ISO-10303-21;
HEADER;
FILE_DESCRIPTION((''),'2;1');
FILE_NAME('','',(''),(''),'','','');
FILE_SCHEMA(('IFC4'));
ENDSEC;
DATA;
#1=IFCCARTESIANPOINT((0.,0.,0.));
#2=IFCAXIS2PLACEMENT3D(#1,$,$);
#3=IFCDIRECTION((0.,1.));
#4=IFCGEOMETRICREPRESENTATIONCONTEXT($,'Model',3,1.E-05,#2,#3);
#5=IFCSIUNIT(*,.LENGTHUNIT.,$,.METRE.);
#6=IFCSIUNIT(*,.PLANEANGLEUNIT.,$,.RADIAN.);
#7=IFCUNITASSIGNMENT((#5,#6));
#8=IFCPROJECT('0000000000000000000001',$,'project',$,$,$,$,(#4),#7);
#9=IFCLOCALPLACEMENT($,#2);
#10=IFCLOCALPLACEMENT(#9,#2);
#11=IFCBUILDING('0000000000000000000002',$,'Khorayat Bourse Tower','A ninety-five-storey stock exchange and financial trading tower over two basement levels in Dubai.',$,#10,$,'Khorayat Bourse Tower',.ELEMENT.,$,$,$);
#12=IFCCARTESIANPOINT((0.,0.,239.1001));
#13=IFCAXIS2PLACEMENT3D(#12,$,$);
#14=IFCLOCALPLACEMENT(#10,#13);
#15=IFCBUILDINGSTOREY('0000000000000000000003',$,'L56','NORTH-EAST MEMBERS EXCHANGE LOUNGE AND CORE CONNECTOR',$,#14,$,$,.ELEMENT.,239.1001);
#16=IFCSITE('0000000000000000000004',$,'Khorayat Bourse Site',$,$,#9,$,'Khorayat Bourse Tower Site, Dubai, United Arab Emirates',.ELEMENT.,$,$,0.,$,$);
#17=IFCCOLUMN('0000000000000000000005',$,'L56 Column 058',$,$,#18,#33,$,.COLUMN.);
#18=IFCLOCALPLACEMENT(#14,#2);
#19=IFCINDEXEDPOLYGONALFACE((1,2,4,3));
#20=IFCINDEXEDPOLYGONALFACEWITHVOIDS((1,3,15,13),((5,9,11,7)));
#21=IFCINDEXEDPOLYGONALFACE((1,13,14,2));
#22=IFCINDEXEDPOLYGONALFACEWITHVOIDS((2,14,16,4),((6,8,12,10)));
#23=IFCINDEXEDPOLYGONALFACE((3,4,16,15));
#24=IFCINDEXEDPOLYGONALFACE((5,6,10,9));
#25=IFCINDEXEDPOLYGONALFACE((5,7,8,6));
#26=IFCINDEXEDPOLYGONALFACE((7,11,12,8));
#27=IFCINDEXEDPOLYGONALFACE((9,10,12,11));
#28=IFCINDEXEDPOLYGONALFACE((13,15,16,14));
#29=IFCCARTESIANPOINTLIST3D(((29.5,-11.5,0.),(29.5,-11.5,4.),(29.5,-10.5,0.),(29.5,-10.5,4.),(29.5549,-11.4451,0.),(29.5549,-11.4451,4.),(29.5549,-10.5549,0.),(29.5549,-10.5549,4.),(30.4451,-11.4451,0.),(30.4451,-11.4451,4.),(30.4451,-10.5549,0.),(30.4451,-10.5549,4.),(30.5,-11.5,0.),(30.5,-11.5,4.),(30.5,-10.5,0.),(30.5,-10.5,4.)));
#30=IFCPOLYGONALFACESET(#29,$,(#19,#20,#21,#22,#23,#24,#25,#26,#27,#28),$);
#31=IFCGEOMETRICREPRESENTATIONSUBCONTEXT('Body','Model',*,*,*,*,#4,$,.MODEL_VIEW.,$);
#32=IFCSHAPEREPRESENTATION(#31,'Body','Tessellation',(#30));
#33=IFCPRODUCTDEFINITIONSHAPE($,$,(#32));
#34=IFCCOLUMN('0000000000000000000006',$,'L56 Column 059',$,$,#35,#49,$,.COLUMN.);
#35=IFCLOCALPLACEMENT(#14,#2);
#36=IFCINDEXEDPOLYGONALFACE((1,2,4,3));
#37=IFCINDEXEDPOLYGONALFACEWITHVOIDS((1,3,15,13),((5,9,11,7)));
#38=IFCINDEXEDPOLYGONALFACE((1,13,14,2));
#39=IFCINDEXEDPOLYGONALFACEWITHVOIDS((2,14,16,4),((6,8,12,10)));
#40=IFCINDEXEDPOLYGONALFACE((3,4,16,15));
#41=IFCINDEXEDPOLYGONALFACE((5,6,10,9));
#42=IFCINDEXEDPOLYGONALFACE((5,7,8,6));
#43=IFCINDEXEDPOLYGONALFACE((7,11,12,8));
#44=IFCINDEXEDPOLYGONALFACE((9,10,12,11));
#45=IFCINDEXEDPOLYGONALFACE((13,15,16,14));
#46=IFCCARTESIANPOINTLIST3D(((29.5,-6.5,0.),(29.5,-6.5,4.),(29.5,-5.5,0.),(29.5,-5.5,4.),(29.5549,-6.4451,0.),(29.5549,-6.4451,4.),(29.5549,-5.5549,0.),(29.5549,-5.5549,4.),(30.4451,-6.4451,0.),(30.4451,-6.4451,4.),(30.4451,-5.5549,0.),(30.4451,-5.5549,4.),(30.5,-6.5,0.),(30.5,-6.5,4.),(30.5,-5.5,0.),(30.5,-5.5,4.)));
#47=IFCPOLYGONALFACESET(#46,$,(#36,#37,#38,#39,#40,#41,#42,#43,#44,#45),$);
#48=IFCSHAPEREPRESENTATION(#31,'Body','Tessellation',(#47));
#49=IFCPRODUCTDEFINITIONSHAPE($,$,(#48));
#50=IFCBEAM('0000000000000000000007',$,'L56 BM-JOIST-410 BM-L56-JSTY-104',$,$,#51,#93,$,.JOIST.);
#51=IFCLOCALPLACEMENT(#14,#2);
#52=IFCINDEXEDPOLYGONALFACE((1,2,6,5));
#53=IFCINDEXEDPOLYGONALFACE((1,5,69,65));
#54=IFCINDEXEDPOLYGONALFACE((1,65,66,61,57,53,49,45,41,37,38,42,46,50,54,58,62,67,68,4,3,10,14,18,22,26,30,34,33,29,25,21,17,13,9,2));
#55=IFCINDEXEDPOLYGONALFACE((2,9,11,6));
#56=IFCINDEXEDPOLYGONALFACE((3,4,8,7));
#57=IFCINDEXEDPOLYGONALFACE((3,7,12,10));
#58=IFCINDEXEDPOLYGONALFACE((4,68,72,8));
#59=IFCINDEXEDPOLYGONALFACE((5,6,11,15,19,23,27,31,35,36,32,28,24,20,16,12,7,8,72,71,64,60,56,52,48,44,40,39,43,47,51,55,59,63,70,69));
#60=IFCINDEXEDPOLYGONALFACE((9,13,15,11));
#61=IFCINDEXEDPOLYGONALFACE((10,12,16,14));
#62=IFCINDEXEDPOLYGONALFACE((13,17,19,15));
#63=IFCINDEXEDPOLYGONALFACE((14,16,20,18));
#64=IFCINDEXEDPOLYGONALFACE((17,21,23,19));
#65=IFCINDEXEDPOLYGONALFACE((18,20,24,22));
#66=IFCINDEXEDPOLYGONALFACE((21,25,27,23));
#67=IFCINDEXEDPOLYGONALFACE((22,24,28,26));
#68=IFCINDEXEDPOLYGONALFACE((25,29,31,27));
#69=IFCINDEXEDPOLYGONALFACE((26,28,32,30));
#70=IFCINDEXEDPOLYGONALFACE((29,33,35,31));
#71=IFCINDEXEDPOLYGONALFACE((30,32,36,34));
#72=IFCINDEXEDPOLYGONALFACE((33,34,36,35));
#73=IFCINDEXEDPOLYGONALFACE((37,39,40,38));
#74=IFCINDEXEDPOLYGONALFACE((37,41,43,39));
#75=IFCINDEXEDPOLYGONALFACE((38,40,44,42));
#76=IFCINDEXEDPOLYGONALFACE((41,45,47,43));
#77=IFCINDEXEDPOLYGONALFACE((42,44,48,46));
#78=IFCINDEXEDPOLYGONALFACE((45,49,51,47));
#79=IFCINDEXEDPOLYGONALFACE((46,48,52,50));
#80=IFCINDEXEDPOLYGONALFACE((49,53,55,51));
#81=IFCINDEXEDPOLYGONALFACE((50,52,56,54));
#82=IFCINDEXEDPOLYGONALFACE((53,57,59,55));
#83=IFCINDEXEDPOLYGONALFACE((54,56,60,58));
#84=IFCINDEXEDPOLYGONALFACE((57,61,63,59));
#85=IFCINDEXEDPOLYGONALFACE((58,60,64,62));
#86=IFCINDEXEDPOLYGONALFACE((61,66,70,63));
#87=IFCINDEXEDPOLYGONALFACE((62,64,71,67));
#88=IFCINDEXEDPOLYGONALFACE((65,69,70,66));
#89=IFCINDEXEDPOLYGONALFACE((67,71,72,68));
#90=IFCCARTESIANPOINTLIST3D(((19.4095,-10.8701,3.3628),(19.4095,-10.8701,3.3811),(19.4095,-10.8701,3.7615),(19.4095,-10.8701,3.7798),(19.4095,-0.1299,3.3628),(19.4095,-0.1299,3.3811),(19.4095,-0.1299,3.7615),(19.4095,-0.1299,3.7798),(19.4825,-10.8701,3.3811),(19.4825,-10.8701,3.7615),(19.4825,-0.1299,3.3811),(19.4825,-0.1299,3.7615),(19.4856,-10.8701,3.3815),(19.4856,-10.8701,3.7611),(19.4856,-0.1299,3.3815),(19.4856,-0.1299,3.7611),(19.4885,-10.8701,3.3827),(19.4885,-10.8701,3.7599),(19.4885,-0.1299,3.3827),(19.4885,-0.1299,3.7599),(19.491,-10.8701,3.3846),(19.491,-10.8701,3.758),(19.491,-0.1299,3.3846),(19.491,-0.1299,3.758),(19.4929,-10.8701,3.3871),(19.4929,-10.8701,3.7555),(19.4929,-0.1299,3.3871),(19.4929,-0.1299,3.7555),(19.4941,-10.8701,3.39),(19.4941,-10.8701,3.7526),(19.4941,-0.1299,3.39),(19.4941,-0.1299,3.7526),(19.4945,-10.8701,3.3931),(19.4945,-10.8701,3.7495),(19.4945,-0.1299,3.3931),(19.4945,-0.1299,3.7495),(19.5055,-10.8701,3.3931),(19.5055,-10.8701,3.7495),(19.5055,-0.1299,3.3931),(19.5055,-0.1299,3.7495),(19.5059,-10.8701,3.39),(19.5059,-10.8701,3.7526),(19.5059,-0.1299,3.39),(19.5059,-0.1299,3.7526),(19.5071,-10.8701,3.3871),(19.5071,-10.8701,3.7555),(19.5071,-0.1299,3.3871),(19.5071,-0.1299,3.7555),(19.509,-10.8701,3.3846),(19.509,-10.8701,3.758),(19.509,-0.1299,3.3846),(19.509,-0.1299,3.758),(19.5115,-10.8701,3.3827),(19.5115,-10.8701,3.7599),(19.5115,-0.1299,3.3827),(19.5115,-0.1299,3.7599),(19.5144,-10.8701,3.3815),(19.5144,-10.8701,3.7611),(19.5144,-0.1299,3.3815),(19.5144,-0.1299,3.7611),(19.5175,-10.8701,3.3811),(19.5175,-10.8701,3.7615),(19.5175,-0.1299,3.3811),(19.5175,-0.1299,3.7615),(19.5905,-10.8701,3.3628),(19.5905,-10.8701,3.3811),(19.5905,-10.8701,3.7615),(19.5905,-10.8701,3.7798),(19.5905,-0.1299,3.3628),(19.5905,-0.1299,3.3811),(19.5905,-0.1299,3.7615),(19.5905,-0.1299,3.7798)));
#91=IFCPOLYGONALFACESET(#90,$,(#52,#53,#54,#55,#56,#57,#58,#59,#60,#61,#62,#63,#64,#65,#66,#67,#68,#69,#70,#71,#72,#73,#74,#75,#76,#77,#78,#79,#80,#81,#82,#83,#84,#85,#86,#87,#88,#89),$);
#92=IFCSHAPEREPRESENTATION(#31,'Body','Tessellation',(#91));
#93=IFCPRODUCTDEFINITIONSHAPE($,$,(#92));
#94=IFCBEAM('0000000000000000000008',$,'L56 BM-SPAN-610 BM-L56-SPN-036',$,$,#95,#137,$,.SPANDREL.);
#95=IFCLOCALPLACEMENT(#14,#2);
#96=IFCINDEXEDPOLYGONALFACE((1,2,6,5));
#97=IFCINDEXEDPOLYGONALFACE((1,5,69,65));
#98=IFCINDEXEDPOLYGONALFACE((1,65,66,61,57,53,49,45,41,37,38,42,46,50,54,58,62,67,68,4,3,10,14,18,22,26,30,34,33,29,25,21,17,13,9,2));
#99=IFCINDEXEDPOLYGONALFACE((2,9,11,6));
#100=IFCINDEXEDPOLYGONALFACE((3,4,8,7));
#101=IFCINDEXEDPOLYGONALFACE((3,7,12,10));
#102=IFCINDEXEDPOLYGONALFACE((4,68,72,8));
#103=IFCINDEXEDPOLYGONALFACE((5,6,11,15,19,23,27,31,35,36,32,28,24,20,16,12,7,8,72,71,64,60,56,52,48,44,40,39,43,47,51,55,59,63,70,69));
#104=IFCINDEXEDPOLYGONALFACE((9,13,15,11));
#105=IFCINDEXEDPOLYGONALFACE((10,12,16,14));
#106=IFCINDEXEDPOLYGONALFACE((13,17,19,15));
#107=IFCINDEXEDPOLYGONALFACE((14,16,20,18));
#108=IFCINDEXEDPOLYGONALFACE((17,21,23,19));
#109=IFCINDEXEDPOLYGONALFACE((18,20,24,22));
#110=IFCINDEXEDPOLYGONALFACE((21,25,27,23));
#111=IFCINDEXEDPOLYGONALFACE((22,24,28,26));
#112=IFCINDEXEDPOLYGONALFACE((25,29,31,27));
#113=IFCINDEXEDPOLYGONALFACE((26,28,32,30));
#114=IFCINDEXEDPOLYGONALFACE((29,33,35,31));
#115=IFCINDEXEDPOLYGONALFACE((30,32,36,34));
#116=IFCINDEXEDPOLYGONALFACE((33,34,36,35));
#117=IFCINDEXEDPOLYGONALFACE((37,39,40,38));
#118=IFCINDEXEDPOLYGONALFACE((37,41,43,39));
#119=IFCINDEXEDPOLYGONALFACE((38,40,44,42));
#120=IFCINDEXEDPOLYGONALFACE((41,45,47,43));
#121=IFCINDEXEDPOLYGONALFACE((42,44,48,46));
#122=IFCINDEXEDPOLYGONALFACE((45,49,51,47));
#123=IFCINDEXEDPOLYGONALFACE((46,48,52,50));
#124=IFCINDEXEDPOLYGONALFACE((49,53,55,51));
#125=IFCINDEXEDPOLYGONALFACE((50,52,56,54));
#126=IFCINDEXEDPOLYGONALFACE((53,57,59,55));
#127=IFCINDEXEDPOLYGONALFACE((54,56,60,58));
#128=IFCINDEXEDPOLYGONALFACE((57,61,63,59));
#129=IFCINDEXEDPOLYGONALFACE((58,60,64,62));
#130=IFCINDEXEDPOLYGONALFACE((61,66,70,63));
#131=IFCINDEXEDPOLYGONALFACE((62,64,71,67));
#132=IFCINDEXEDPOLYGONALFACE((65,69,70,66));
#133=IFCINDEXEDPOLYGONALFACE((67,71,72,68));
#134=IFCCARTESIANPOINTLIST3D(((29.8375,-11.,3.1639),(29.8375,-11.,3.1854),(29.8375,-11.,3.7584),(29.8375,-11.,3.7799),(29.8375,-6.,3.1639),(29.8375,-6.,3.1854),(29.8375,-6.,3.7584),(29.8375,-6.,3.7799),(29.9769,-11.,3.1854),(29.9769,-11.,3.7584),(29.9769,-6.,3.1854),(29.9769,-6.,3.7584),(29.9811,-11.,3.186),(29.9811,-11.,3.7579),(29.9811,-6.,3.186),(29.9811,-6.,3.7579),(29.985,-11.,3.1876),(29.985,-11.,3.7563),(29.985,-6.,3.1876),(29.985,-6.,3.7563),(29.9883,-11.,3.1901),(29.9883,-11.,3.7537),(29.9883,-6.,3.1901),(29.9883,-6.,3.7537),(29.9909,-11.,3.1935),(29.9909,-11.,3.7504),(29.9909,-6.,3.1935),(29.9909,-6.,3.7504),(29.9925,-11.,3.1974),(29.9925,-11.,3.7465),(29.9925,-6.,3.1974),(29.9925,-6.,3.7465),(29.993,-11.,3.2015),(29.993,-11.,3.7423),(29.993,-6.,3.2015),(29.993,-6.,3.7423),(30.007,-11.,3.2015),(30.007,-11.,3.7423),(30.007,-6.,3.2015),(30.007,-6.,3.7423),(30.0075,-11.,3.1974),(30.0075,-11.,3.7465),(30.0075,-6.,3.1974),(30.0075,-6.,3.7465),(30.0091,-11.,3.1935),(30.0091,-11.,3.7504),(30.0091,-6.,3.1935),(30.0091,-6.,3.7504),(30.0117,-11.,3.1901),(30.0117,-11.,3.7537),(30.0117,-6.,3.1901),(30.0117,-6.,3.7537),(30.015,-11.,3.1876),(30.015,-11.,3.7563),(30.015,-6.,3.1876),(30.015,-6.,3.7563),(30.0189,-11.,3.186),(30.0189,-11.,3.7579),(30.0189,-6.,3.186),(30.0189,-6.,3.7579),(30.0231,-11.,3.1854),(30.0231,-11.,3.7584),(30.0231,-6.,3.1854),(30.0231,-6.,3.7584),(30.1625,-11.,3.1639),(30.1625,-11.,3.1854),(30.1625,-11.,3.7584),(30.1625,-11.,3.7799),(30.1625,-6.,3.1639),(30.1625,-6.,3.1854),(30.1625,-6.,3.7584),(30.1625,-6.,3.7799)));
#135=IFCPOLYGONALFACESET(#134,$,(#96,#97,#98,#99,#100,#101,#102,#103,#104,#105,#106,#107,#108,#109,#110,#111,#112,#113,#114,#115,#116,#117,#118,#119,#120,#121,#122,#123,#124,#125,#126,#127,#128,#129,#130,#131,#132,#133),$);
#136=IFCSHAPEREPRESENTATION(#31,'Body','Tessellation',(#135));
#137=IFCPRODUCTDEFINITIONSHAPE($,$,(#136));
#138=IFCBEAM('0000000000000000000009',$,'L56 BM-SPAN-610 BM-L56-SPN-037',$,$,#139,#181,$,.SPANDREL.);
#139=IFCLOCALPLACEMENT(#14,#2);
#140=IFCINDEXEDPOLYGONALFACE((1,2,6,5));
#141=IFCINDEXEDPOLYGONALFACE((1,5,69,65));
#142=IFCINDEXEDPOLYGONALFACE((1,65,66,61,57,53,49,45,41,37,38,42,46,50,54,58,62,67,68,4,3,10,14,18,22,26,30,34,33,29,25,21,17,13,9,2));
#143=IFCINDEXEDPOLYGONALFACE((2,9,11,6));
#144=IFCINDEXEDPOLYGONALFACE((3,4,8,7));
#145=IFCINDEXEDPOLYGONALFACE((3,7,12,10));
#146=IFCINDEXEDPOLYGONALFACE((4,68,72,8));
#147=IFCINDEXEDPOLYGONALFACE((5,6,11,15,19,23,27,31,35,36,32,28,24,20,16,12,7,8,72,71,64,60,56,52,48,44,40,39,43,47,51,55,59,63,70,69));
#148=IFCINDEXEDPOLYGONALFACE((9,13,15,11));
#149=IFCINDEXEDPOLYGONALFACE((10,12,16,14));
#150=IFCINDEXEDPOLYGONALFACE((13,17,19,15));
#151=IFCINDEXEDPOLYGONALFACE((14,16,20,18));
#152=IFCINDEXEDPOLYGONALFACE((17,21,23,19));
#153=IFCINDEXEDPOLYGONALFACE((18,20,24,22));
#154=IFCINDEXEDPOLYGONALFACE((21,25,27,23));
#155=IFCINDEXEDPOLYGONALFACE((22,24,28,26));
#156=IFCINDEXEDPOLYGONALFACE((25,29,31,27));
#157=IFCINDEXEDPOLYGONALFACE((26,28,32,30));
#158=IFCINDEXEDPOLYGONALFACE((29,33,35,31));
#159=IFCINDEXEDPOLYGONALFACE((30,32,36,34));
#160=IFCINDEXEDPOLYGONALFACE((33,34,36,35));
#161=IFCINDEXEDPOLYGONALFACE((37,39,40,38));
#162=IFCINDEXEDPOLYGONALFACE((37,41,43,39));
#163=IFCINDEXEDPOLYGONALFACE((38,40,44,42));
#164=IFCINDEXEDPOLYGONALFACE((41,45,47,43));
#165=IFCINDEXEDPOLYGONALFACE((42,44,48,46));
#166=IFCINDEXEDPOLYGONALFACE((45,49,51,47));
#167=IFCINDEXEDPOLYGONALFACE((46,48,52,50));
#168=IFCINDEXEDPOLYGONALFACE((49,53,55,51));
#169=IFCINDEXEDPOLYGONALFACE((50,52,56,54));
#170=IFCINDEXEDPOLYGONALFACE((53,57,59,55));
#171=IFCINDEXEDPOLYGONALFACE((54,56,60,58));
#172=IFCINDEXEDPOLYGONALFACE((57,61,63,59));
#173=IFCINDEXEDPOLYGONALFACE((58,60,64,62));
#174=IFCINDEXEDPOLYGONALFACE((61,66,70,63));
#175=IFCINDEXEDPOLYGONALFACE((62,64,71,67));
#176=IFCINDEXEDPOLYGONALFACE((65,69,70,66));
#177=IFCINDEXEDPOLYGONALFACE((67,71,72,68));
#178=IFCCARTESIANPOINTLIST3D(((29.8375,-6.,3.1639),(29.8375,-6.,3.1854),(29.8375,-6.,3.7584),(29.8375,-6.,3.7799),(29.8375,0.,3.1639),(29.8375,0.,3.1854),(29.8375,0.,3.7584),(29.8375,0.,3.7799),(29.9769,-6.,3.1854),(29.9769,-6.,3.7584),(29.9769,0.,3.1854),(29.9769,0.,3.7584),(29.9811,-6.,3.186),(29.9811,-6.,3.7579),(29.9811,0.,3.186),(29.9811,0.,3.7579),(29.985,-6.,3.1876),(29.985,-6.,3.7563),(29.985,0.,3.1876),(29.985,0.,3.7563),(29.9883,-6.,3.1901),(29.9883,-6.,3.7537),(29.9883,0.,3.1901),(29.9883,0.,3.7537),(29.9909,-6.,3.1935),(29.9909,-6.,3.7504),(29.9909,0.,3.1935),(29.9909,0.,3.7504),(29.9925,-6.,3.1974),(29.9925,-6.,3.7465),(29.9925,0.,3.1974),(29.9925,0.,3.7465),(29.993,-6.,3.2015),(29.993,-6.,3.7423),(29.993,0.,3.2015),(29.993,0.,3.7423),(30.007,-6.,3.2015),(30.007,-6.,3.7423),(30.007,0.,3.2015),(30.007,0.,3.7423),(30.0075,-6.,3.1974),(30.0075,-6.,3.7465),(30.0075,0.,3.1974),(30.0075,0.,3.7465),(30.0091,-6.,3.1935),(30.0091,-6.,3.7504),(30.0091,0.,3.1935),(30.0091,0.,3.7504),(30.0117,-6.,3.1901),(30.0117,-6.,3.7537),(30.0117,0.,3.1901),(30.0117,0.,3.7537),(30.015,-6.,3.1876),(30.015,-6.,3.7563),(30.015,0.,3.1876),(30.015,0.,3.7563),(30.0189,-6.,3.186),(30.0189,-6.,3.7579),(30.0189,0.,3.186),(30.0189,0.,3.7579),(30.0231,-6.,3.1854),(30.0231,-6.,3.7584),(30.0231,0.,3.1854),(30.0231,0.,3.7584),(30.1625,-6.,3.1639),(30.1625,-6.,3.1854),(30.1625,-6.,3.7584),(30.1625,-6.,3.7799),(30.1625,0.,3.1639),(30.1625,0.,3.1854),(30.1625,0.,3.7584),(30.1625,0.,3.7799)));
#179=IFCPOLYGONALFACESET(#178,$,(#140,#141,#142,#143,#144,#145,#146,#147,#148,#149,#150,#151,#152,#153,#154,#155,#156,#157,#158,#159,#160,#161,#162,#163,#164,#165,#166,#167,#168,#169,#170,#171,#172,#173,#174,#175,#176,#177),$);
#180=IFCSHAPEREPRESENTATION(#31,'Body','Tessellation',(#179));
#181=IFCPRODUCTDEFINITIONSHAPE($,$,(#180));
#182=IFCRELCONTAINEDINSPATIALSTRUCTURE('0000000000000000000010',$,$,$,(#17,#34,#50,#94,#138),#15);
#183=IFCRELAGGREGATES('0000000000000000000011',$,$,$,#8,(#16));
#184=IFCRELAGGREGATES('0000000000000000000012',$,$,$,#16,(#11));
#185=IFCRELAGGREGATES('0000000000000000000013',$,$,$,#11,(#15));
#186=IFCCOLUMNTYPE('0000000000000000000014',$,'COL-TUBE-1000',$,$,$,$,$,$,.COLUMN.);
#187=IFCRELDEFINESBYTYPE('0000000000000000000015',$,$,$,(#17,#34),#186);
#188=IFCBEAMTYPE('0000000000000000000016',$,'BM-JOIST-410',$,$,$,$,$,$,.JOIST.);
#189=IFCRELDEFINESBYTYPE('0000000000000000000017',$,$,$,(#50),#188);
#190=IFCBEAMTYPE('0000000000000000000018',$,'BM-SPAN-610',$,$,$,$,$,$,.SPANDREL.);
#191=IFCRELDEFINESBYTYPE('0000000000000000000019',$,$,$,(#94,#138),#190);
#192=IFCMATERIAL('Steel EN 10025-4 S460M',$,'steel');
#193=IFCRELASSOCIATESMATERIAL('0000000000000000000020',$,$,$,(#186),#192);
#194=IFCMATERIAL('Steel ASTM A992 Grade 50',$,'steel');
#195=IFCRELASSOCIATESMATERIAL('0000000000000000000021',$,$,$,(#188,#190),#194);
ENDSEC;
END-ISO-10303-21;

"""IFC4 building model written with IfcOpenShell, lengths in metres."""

from ifc_helpers import new_model, si_unit, direction, frame, origin, origin_2d, place, context, subcontext, project, spatial, hollow_rectangle, i_section, extrude, source, transform, mapped, material, material_profile, profile_set, type_object, element, save


model = new_model("IFC4")

# Units and contexts
model_context = context("Model", 3, precision=1e-05, world=origin(), true_north=direction((0.0, 1.0)))
body_context = subcontext(model_context, "Body", "Model", "MODEL_VIEW")
ifc_project = project(units=[si_unit("LENGTHUNIT", "METRE"), si_unit("PLANEANGLEUNIT", "RADIAN")], contexts=[model_context])

# Site, building, storey
site_placement = place(None, origin())
site = spatial("IfcSite", under=ifc_project, at=site_placement, Name="Khorayat Bourse Site", LongName="Khorayat Bourse Tower Site, Dubai, United Arab Emirates", CompositionType="ELEMENT", RefElevation=0.0)
building_placement = place(site_placement, origin())
building = spatial("IfcBuilding", under=site, at=building_placement, Name="Khorayat Bourse Tower", Description="A ninety-five-storey stock exchange and financial trading tower over two basement levels in Dubai.", LongName="Khorayat Bourse Tower", CompositionType="ELEMENT")
storey_placement = place(building_placement, frame((0.0, 0.0, 239.1001)))
storey = spatial("IfcBuildingStorey", under=building, at=storey_placement, Name="L56", Description="NORTH-EAST MEMBERS EXCHANGE LOUNGE AND CORE CONNECTOR", CompositionType="ELEMENT", Elevation=239.1001)

# Columns
ifc_material_1 = material(Name="Steel EN 10025-4 S460M", Category="steel")
ifc_material_profile_1 = material_profile(ifc_material_1, hollow_rectangle(XDim=1.0, YDim=1.0, WallThickness=0.0549, at=origin_2d()), Name="BOX 1000x1000x55")
ifc_profile_set_1 = profile_set([ifc_material_profile_1], Name="Steel EN 10025-4 S460M")
column_type = type_object("IfcColumnType", Name="COL-TUBE-1000", PredefinedType="COLUMN", material=ifc_profile_set_1)
shared_shape_1 = source(origin(), body_context, "Body", "SweptSolid", [
    extrude(hollow_rectangle(XDim=1.0, YDim=1.0, WallThickness=0.0549, at=origin_2d()), origin(), (0.0, 0.0, 1.0), 4.0),
])
for number, where, z_axis, x_axis, name in (
    (1, (30.0, -11.0, 0.0), (0.0, 0.0, 1.0), (1.0, 0.0, 0.0), "L56 Column 058"),
    (2, (30.0, -6.0, 0.0), (0.0, 0.0, 1.0), (1.0, 0.0, 0.0), "L56 Column 059"),
):
    element("IfcColumn", number, at=place(storey_placement, frame(where, z_axis=z_axis, x_axis=x_axis)), inside=storey, type_object=column_type, Name=name, PredefinedType="COLUMN", context=body_context, shape_type="MappedRepresentation", body=[
        mapped(shared_shape_1, transform((0.0, 0.0, 0.0), scale=1.0)),
    ])

# Beams
ifc_material_2 = material(Name="Steel ASTM A992 Grade 50", Category="steel")
ifc_material_profile_2 = material_profile(ifc_material_2, i_section(OverallWidth=0.1809, OverallDepth=0.417, WebThickness=0.011, FlangeThickness=0.0183, FilletRadius=0.012, at=origin_2d()), Name="W410X85")
ifc_profile_set_2 = profile_set([ifc_material_profile_2], Name="Steel ASTM A992 Grade 50")
beam_type_1 = type_object("IfcBeamType", Name="BM-JOIST-410", PredefinedType="JOIST", material=ifc_profile_set_2)
shared_shape_2 = source(origin(), body_context, "Body", "SweptSolid", [
    extrude(i_section(OverallWidth=0.1809, OverallDepth=0.417, WebThickness=0.011, FlangeThickness=0.0183, FilletRadius=0.012, at=origin_2d()), origin(), (0.0, 0.0, 1.0), 10.7402),
])
beam_1_placement = place(storey_placement, frame((19.5, -10.8701, 3.5713), z_axis=(0.0, 1.0, 0.0), x_axis=(-1.0, 0.0, 0.0)))
element("IfcBeam", 3, at=beam_1_placement, inside=storey, type_object=beam_type_1, Name="L56 BM-JOIST-410 BM-L56-JSTY-104", PredefinedType="JOIST", context=body_context, shape_type="MappedRepresentation", body=[
    mapped(shared_shape_2, transform((0.0, 0.0, 0.0), scale=1.0)),
])
ifc_material_profile_3 = material_profile(ifc_material_2, i_section(OverallWidth=0.325, OverallDepth=0.616, WebThickness=0.0139, FlangeThickness=0.0215, FilletRadius=0.0161, at=origin_2d()), Name="W610X174")
ifc_profile_set_3 = profile_set([ifc_material_profile_3], Name="Steel ASTM A992 Grade 50")
beam_type_2 = type_object("IfcBeamType", Name="BM-SPAN-610", PredefinedType="SPANDREL", material=ifc_profile_set_3)
shared_shape_3 = source(origin(), body_context, "Body", "SweptSolid", [
    extrude(i_section(OverallWidth=0.325, OverallDepth=0.616, WebThickness=0.0139, FlangeThickness=0.0215, FilletRadius=0.0161, at=origin_2d()), origin(), (0.0, 0.0, 1.0), 5.0),
])
beam_2_placement = place(storey_placement, frame((30.0, -11.0, 3.4719), z_axis=(0.0, 1.0, 0.0), x_axis=(-1.0, 0.0, 0.0)))
element("IfcBeam", 4, at=beam_2_placement, inside=storey, type_object=beam_type_2, Name="L56 BM-SPAN-610 BM-L56-SPN-036", PredefinedType="SPANDREL", context=body_context, shape_type="MappedRepresentation", body=[
    mapped(shared_shape_3, transform((0.0, 0.0, 0.0), scale=1.0)),
])
shared_shape_4 = source(origin(), body_context, "Body", "SweptSolid", [
    extrude(i_section(OverallWidth=0.325, OverallDepth=0.616, WebThickness=0.0139, FlangeThickness=0.0215, FilletRadius=0.0161, at=origin_2d()), origin(), (0.0, 0.0, 1.0), 6.0),
])
beam_3_placement = place(storey_placement, frame((30.0, -6.0, 3.4719), z_axis=(0.0, 1.0, 0.0), x_axis=(-1.0, 0.0, 0.0)))
element("IfcBeam", 5, at=beam_3_placement, inside=storey, type_object=beam_type_2, Name="L56 BM-SPAN-610 BM-L56-SPN-037", PredefinedType="SPANDREL", context=body_context, shape_type="MappedRepresentation", body=[
    mapped(shared_shape_4, transform((0.0, 0.0, 0.0), scale=1.0)),
])

save(model, "model.ifc")
